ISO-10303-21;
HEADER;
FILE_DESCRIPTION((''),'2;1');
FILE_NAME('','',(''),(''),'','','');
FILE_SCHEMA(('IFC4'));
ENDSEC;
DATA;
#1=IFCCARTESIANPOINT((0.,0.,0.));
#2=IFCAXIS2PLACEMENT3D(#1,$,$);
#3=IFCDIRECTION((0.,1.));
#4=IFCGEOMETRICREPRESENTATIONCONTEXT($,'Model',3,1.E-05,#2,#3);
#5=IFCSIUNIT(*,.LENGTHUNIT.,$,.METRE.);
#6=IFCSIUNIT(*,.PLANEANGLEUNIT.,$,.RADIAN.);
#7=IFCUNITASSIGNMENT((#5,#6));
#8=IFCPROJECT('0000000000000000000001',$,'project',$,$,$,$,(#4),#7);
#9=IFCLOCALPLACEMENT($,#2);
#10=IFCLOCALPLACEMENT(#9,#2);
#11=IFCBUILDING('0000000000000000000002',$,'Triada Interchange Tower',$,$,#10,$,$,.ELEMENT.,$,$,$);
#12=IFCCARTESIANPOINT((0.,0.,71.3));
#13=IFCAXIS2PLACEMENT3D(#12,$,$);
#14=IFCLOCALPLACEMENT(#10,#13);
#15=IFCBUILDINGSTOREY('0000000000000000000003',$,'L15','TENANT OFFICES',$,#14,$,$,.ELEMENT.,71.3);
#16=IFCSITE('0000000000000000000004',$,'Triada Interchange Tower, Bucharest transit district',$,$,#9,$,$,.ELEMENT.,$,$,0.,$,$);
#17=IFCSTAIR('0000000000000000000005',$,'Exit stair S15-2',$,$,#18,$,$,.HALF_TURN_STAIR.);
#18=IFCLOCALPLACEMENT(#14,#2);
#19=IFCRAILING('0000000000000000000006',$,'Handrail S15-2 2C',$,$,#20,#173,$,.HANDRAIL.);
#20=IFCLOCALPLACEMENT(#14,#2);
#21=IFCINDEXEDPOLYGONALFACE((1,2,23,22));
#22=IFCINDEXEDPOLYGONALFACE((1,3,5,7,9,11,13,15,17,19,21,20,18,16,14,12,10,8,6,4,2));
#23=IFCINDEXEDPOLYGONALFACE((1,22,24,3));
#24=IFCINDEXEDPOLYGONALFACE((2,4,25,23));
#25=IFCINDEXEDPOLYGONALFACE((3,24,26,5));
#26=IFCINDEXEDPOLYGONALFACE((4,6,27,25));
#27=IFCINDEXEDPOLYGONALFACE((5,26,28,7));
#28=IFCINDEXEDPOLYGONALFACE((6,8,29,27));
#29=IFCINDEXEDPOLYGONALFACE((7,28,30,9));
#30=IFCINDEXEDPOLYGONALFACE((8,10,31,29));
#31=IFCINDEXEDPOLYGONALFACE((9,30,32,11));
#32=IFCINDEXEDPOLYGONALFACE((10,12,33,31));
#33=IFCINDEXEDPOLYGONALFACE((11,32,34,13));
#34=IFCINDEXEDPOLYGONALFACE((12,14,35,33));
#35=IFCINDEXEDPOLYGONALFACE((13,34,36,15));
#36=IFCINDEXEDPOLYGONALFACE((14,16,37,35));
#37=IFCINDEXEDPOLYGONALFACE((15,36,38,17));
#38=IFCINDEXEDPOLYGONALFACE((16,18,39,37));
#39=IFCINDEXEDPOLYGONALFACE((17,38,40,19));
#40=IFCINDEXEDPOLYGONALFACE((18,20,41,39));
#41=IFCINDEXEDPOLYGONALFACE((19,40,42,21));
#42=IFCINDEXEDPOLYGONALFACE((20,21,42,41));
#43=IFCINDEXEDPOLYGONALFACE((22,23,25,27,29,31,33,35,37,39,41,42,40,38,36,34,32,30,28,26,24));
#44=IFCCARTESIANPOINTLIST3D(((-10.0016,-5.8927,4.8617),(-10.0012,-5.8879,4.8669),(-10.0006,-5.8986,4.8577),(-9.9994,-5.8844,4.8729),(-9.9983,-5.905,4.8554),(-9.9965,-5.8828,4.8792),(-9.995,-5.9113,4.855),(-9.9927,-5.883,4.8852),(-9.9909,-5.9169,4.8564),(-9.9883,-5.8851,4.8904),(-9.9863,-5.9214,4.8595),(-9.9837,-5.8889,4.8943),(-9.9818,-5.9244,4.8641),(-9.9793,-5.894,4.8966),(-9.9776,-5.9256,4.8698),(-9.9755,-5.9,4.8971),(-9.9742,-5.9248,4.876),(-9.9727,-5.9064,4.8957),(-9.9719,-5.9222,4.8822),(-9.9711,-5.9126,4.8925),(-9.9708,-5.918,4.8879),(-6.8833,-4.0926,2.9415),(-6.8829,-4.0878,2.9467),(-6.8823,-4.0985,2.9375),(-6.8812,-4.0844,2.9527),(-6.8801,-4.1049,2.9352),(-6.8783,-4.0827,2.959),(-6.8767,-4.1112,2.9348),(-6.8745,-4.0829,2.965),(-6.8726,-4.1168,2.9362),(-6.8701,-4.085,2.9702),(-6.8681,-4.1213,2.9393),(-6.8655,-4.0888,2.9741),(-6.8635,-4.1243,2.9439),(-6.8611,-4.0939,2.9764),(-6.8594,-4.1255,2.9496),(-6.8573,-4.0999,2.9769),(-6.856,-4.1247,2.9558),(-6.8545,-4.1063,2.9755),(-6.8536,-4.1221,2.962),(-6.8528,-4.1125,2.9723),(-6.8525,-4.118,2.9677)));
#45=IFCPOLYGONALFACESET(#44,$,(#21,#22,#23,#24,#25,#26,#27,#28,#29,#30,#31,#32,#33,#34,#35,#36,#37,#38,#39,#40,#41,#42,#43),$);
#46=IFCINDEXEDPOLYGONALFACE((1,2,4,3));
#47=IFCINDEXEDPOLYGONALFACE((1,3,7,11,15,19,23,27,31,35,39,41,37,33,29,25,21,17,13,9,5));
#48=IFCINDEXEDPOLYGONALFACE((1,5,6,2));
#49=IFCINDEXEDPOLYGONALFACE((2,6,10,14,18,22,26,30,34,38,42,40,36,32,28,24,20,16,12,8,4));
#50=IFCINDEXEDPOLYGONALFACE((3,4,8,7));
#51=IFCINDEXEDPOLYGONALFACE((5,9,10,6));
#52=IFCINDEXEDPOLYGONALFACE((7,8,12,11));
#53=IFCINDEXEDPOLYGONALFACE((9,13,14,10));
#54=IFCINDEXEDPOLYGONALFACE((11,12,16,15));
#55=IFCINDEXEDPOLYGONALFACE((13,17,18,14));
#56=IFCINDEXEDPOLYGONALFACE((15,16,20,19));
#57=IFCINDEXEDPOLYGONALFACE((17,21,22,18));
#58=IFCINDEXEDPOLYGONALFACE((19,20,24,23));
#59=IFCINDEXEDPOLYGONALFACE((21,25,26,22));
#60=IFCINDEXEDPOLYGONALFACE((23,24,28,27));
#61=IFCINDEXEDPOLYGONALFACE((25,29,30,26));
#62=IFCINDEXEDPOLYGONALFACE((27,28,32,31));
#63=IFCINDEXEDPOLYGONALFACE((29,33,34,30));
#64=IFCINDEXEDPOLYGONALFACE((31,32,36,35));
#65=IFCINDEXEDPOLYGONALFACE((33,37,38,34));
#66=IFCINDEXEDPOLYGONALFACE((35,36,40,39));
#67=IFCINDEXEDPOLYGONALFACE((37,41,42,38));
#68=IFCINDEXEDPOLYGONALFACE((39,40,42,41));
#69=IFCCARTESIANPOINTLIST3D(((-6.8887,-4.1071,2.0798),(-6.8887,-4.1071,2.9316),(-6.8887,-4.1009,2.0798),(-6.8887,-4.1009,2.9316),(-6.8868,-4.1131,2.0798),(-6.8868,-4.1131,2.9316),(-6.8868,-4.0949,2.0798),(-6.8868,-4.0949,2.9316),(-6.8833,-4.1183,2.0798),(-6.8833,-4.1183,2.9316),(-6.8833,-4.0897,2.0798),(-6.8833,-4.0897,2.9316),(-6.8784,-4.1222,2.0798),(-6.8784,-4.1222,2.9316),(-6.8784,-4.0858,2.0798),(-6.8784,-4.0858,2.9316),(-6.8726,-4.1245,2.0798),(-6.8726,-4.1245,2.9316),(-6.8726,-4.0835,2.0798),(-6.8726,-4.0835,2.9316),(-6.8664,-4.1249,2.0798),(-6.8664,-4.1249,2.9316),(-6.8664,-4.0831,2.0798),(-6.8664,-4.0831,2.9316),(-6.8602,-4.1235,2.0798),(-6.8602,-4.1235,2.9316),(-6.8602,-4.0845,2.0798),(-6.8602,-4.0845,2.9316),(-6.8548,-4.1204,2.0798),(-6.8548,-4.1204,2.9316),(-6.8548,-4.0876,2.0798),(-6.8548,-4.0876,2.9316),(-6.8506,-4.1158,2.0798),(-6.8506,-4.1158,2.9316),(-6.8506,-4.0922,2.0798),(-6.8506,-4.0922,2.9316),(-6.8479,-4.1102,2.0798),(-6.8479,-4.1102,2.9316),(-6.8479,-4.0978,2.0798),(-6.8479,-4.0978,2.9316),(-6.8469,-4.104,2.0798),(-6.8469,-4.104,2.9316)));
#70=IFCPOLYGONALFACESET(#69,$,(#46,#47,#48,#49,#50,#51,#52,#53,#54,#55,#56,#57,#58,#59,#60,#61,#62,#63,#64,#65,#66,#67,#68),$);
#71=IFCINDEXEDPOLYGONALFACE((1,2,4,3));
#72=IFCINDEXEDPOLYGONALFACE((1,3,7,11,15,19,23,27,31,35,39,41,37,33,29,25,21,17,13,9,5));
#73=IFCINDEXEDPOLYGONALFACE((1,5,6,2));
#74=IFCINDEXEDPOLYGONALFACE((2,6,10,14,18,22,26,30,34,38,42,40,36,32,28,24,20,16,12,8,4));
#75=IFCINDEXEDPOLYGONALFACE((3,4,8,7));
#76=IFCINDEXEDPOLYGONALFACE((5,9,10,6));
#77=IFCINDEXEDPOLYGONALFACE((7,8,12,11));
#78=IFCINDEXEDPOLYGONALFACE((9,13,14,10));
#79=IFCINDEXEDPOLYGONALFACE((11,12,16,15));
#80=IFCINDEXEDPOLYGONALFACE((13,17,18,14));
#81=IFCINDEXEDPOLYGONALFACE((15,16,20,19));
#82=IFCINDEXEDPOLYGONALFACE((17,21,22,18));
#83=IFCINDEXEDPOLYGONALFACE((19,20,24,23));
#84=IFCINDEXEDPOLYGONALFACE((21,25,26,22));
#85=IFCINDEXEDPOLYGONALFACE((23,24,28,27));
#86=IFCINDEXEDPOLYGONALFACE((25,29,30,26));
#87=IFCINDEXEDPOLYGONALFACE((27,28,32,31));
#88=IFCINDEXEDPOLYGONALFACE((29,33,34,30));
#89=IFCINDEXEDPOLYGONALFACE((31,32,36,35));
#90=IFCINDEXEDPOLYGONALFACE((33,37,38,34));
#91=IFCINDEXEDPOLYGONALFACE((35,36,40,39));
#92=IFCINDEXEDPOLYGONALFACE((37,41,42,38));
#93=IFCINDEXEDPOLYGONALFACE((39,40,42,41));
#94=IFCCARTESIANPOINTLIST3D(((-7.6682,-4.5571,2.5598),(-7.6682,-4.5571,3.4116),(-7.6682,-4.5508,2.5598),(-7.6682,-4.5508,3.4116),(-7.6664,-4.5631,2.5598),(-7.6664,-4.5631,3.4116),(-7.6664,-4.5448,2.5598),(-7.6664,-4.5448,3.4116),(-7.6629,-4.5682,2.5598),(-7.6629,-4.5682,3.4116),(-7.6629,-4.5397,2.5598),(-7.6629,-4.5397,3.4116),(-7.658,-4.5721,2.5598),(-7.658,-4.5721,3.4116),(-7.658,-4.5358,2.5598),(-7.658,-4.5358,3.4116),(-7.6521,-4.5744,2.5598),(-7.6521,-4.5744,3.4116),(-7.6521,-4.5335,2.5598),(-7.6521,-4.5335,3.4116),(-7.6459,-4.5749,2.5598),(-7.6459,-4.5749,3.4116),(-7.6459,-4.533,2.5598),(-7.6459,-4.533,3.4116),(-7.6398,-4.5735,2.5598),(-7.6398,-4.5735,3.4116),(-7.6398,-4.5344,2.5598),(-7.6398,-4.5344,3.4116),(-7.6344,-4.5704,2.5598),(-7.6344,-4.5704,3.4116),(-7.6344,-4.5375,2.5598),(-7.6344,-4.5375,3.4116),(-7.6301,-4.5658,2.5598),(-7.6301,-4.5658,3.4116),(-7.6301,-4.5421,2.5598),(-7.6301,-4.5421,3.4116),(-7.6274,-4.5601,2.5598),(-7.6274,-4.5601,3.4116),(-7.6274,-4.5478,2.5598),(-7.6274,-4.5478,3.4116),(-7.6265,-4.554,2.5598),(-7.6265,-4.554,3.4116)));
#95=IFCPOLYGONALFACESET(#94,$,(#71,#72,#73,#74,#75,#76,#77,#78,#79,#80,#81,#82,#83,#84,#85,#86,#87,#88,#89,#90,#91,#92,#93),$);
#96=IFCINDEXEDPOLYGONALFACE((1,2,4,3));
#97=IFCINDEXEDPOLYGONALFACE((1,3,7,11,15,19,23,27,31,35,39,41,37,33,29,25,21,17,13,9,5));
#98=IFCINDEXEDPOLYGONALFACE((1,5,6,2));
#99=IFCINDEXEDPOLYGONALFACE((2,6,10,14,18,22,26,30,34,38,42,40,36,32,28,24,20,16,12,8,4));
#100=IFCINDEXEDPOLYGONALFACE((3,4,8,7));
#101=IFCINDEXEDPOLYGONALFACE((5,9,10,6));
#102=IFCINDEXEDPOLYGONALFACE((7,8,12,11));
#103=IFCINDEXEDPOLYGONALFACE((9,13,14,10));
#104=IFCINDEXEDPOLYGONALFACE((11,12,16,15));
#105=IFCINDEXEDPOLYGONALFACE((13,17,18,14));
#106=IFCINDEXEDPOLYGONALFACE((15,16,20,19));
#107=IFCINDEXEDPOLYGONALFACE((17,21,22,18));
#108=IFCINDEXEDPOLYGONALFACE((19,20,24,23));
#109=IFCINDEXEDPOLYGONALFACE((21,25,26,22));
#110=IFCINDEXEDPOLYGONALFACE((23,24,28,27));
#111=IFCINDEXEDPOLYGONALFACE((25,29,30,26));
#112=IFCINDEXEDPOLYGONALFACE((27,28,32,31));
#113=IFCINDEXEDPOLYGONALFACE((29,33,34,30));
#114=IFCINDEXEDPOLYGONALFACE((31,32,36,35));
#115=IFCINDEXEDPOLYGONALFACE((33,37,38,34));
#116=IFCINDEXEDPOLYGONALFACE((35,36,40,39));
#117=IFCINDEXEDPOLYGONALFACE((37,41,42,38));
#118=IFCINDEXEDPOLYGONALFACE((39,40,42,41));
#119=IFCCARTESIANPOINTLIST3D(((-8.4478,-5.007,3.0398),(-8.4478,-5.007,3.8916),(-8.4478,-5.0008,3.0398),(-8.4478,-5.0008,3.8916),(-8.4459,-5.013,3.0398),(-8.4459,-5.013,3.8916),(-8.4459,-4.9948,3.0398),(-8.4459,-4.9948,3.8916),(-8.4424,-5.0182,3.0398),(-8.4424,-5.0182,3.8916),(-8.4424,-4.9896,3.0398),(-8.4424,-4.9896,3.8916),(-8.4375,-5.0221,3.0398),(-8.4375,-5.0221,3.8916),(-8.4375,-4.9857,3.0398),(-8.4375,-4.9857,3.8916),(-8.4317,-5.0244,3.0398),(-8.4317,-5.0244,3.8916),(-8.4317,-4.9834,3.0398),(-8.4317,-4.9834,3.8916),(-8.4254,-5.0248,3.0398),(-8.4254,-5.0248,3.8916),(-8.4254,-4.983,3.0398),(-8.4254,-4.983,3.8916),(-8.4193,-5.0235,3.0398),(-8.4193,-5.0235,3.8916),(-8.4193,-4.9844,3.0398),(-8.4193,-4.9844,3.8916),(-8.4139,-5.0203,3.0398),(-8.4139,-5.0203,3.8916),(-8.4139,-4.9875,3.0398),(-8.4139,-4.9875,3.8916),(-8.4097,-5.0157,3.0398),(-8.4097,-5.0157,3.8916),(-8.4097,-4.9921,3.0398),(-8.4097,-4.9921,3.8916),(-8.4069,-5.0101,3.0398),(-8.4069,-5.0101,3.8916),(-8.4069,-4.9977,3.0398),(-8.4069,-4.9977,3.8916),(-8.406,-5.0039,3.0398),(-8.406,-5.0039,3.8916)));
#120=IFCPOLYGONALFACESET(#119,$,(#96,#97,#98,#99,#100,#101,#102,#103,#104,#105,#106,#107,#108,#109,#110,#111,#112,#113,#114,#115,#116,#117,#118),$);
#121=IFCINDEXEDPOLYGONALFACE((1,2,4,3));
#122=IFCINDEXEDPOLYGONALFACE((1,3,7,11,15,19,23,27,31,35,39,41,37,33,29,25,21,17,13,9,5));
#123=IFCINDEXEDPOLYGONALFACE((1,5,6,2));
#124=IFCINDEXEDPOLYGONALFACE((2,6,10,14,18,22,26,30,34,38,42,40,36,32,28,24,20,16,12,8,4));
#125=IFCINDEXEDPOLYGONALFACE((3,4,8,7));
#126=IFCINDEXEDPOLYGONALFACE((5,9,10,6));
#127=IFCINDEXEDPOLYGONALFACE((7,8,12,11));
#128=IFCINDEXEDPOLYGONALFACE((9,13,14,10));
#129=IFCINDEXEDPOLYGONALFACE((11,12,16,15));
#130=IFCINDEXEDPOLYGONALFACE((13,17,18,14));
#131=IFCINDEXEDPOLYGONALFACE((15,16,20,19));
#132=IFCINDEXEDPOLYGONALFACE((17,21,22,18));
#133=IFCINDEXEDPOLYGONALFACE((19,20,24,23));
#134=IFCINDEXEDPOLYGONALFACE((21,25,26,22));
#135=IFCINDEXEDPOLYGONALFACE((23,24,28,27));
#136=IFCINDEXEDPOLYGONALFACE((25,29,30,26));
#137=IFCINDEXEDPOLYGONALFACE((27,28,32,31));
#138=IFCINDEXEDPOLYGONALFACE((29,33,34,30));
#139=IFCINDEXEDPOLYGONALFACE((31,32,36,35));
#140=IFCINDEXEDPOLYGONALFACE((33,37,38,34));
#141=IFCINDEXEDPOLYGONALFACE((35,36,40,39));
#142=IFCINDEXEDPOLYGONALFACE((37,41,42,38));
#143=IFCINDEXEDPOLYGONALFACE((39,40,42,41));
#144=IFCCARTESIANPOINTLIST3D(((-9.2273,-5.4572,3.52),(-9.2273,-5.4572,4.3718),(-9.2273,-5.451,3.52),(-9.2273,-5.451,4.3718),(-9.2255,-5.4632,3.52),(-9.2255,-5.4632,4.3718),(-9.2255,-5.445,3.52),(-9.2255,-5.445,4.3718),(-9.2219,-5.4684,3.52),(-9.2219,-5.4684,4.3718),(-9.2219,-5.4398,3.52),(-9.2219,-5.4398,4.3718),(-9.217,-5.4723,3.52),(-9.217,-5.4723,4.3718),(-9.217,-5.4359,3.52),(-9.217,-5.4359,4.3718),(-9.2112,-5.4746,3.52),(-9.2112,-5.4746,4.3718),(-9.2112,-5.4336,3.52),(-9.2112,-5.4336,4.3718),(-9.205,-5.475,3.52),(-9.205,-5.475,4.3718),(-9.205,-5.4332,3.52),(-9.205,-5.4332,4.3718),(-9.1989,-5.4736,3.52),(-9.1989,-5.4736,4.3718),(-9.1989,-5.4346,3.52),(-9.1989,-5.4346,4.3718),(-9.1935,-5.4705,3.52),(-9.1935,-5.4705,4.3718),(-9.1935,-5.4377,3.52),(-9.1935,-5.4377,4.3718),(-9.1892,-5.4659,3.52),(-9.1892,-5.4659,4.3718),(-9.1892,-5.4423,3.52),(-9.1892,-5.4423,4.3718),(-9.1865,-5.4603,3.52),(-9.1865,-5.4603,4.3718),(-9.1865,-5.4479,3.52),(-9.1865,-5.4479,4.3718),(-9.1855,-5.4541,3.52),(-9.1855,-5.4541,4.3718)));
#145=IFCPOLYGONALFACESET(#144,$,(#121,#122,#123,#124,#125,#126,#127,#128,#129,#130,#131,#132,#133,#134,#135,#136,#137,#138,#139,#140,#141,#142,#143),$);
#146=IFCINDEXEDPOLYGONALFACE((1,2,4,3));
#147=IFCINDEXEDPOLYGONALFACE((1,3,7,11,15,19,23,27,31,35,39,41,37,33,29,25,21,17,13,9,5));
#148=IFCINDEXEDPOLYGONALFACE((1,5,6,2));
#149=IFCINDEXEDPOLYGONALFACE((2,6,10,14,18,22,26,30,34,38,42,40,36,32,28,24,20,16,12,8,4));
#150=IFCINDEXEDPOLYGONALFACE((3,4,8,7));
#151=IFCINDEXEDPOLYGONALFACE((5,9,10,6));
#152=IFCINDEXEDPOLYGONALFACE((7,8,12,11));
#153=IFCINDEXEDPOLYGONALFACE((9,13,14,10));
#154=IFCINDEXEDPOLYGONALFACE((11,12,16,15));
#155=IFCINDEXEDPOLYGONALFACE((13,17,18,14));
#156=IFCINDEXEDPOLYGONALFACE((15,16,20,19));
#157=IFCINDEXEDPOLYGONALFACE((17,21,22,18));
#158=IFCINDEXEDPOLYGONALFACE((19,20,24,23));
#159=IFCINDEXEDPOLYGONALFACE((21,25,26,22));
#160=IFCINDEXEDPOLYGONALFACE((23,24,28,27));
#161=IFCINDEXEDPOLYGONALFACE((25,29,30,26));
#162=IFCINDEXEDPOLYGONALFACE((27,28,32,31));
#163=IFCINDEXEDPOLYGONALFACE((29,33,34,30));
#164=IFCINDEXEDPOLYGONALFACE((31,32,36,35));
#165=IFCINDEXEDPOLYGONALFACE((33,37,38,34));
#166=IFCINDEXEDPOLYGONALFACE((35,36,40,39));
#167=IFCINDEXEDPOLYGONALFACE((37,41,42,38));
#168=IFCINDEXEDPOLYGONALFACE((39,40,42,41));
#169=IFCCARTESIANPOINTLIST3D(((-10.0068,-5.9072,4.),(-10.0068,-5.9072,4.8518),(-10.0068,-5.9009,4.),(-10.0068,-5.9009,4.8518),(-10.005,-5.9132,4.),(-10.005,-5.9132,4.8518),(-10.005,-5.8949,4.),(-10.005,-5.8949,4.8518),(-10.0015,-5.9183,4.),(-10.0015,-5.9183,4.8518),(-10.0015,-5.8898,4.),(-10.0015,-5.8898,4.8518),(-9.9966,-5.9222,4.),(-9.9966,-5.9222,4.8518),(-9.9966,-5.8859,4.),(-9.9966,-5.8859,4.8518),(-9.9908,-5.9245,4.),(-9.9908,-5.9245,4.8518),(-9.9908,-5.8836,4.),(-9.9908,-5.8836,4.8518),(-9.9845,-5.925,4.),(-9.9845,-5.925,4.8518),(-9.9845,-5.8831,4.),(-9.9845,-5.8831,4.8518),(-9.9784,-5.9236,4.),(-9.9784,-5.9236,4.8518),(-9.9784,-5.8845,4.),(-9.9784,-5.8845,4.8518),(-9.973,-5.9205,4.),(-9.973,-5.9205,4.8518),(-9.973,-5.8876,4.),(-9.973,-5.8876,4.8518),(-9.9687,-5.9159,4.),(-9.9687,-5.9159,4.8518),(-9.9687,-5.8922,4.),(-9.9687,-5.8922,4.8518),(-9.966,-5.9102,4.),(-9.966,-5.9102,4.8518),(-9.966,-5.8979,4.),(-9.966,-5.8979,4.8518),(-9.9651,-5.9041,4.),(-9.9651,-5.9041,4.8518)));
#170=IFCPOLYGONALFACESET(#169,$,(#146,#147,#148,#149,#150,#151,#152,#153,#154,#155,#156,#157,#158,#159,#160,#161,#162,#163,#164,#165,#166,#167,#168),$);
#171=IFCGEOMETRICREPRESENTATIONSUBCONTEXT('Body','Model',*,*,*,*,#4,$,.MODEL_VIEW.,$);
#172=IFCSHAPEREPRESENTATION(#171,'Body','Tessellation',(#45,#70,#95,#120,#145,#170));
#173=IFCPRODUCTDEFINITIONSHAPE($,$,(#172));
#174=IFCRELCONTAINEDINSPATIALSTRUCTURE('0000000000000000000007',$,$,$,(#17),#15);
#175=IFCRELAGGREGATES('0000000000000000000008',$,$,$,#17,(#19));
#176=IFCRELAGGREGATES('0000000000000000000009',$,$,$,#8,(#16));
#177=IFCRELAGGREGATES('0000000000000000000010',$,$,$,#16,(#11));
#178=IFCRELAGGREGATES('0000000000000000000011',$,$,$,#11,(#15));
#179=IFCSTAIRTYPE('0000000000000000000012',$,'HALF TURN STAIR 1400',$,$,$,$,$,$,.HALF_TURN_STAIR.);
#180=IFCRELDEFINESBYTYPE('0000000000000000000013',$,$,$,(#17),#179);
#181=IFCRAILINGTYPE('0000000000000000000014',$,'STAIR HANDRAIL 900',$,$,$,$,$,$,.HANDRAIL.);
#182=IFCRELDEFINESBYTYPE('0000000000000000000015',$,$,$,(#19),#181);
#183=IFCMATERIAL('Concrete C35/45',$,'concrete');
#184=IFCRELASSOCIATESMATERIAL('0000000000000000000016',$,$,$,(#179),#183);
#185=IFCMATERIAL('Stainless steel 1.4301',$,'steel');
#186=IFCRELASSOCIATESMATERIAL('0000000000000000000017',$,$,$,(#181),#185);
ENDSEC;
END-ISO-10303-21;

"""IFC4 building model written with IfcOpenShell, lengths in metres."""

from ifc_helpers import new_model, si_unit, direction, frame, origin, origin_2d, place, context, subcontext, project, spatial, circle, extrude, material, type_object, element, aggregate, save


model = new_model("IFC4")

# Units and contexts
model_context = context("Model", 3, precision=1e-05, world=origin(), true_north=direction((0.0, 1.0)))
body_context = subcontext(model_context, "Body", "Model", "MODEL_VIEW")
ifc_project = project(units=[si_unit("LENGTHUNIT", "METRE"), si_unit("PLANEANGLEUNIT", "RADIAN")], contexts=[model_context])

# Site, building, storey
site_placement = place(None, origin())
site = spatial("IfcSite", under=ifc_project, at=site_placement, Name="Triada Interchange Tower, Bucharest transit district", CompositionType="ELEMENT", RefElevation=0.0)
building_placement = place(site_placement, origin())
building = spatial("IfcBuilding", under=site, at=building_placement, Name="Triada Interchange Tower", CompositionType="ELEMENT")
storey_placement = place(building_placement, frame((0.0, 0.0, 71.3)))
storey = spatial("IfcBuildingStorey", under=building, at=storey_placement, Name="L15", Description="TENANT OFFICES", CompositionType="ELEMENT", Elevation=71.3)

# Stair, railing
ifc_material_1 = material(Name="Concrete C35/45", Category="concrete")
stair_type = type_object("IfcStairType", Name="HALF TURN STAIR 1400", PredefinedType="HALF_TURN_STAIR", material=ifc_material_1)
stair_placement = place(storey_placement, origin())
stair = element("IfcStair", 1, at=stair_placement, inside=storey, type_object=stair_type, Name="Exit stair S15-2", PredefinedType="HALF_TURN_STAIR")
ifc_material_2 = material(Name="Stainless steel 1.4301", Category="steel")
railing_type = type_object("IfcRailingType", Name="STAIR HANDRAIL 900", PredefinedType="HANDRAIL", material=ifc_material_2)
railing_1_placement = place(storey_placement, frame((-6.8679, -4.104, 2.0798)))
railing_1 = element("IfcRailing", 2, at=railing_1_placement, type_object=railing_type, Name="Handrail S15-2 2C", PredefinedType="HANDRAIL", context=body_context, shape_type="SweptSolid", body=[
    extrude(circle(Radius=0.0239, at=origin_2d()), frame((0.0, 0.0, 0.876), z_axis=(-0.76417, -0.441139, 0.470576), x_axis=(0.499953, -0.866052, 0.0)), (0.0, 0.0, 1.0), 4.0806),
    extrude(circle(Radius=0.021, at=origin_2d()), origin(), (0.0, 0.0, 1.0), 0.8518),
    extrude(circle(Radius=0.021, at=origin_2d()), frame((-0.7795, -0.45, 0.48)), (0.0, 0.0, 1.0), 0.8518),
    extrude(circle(Radius=0.021, at=origin_2d()), frame((-1.5591, -0.8999, 0.96)), (0.0, 0.0, 1.0), 0.8518),
    extrude(circle(Radius=0.021, at=origin_2d()), frame((-2.3386, -1.3501, 1.4402)), (0.0, 0.0, 1.0), 0.8518),
    extrude(circle(Radius=0.021, at=origin_2d()), frame((-3.1182, -1.8, 1.9202)), (0.0, 0.0, 1.0), 0.8518),
])
aggregate(stair, [railing_1])

save(model, "model.ifc")
